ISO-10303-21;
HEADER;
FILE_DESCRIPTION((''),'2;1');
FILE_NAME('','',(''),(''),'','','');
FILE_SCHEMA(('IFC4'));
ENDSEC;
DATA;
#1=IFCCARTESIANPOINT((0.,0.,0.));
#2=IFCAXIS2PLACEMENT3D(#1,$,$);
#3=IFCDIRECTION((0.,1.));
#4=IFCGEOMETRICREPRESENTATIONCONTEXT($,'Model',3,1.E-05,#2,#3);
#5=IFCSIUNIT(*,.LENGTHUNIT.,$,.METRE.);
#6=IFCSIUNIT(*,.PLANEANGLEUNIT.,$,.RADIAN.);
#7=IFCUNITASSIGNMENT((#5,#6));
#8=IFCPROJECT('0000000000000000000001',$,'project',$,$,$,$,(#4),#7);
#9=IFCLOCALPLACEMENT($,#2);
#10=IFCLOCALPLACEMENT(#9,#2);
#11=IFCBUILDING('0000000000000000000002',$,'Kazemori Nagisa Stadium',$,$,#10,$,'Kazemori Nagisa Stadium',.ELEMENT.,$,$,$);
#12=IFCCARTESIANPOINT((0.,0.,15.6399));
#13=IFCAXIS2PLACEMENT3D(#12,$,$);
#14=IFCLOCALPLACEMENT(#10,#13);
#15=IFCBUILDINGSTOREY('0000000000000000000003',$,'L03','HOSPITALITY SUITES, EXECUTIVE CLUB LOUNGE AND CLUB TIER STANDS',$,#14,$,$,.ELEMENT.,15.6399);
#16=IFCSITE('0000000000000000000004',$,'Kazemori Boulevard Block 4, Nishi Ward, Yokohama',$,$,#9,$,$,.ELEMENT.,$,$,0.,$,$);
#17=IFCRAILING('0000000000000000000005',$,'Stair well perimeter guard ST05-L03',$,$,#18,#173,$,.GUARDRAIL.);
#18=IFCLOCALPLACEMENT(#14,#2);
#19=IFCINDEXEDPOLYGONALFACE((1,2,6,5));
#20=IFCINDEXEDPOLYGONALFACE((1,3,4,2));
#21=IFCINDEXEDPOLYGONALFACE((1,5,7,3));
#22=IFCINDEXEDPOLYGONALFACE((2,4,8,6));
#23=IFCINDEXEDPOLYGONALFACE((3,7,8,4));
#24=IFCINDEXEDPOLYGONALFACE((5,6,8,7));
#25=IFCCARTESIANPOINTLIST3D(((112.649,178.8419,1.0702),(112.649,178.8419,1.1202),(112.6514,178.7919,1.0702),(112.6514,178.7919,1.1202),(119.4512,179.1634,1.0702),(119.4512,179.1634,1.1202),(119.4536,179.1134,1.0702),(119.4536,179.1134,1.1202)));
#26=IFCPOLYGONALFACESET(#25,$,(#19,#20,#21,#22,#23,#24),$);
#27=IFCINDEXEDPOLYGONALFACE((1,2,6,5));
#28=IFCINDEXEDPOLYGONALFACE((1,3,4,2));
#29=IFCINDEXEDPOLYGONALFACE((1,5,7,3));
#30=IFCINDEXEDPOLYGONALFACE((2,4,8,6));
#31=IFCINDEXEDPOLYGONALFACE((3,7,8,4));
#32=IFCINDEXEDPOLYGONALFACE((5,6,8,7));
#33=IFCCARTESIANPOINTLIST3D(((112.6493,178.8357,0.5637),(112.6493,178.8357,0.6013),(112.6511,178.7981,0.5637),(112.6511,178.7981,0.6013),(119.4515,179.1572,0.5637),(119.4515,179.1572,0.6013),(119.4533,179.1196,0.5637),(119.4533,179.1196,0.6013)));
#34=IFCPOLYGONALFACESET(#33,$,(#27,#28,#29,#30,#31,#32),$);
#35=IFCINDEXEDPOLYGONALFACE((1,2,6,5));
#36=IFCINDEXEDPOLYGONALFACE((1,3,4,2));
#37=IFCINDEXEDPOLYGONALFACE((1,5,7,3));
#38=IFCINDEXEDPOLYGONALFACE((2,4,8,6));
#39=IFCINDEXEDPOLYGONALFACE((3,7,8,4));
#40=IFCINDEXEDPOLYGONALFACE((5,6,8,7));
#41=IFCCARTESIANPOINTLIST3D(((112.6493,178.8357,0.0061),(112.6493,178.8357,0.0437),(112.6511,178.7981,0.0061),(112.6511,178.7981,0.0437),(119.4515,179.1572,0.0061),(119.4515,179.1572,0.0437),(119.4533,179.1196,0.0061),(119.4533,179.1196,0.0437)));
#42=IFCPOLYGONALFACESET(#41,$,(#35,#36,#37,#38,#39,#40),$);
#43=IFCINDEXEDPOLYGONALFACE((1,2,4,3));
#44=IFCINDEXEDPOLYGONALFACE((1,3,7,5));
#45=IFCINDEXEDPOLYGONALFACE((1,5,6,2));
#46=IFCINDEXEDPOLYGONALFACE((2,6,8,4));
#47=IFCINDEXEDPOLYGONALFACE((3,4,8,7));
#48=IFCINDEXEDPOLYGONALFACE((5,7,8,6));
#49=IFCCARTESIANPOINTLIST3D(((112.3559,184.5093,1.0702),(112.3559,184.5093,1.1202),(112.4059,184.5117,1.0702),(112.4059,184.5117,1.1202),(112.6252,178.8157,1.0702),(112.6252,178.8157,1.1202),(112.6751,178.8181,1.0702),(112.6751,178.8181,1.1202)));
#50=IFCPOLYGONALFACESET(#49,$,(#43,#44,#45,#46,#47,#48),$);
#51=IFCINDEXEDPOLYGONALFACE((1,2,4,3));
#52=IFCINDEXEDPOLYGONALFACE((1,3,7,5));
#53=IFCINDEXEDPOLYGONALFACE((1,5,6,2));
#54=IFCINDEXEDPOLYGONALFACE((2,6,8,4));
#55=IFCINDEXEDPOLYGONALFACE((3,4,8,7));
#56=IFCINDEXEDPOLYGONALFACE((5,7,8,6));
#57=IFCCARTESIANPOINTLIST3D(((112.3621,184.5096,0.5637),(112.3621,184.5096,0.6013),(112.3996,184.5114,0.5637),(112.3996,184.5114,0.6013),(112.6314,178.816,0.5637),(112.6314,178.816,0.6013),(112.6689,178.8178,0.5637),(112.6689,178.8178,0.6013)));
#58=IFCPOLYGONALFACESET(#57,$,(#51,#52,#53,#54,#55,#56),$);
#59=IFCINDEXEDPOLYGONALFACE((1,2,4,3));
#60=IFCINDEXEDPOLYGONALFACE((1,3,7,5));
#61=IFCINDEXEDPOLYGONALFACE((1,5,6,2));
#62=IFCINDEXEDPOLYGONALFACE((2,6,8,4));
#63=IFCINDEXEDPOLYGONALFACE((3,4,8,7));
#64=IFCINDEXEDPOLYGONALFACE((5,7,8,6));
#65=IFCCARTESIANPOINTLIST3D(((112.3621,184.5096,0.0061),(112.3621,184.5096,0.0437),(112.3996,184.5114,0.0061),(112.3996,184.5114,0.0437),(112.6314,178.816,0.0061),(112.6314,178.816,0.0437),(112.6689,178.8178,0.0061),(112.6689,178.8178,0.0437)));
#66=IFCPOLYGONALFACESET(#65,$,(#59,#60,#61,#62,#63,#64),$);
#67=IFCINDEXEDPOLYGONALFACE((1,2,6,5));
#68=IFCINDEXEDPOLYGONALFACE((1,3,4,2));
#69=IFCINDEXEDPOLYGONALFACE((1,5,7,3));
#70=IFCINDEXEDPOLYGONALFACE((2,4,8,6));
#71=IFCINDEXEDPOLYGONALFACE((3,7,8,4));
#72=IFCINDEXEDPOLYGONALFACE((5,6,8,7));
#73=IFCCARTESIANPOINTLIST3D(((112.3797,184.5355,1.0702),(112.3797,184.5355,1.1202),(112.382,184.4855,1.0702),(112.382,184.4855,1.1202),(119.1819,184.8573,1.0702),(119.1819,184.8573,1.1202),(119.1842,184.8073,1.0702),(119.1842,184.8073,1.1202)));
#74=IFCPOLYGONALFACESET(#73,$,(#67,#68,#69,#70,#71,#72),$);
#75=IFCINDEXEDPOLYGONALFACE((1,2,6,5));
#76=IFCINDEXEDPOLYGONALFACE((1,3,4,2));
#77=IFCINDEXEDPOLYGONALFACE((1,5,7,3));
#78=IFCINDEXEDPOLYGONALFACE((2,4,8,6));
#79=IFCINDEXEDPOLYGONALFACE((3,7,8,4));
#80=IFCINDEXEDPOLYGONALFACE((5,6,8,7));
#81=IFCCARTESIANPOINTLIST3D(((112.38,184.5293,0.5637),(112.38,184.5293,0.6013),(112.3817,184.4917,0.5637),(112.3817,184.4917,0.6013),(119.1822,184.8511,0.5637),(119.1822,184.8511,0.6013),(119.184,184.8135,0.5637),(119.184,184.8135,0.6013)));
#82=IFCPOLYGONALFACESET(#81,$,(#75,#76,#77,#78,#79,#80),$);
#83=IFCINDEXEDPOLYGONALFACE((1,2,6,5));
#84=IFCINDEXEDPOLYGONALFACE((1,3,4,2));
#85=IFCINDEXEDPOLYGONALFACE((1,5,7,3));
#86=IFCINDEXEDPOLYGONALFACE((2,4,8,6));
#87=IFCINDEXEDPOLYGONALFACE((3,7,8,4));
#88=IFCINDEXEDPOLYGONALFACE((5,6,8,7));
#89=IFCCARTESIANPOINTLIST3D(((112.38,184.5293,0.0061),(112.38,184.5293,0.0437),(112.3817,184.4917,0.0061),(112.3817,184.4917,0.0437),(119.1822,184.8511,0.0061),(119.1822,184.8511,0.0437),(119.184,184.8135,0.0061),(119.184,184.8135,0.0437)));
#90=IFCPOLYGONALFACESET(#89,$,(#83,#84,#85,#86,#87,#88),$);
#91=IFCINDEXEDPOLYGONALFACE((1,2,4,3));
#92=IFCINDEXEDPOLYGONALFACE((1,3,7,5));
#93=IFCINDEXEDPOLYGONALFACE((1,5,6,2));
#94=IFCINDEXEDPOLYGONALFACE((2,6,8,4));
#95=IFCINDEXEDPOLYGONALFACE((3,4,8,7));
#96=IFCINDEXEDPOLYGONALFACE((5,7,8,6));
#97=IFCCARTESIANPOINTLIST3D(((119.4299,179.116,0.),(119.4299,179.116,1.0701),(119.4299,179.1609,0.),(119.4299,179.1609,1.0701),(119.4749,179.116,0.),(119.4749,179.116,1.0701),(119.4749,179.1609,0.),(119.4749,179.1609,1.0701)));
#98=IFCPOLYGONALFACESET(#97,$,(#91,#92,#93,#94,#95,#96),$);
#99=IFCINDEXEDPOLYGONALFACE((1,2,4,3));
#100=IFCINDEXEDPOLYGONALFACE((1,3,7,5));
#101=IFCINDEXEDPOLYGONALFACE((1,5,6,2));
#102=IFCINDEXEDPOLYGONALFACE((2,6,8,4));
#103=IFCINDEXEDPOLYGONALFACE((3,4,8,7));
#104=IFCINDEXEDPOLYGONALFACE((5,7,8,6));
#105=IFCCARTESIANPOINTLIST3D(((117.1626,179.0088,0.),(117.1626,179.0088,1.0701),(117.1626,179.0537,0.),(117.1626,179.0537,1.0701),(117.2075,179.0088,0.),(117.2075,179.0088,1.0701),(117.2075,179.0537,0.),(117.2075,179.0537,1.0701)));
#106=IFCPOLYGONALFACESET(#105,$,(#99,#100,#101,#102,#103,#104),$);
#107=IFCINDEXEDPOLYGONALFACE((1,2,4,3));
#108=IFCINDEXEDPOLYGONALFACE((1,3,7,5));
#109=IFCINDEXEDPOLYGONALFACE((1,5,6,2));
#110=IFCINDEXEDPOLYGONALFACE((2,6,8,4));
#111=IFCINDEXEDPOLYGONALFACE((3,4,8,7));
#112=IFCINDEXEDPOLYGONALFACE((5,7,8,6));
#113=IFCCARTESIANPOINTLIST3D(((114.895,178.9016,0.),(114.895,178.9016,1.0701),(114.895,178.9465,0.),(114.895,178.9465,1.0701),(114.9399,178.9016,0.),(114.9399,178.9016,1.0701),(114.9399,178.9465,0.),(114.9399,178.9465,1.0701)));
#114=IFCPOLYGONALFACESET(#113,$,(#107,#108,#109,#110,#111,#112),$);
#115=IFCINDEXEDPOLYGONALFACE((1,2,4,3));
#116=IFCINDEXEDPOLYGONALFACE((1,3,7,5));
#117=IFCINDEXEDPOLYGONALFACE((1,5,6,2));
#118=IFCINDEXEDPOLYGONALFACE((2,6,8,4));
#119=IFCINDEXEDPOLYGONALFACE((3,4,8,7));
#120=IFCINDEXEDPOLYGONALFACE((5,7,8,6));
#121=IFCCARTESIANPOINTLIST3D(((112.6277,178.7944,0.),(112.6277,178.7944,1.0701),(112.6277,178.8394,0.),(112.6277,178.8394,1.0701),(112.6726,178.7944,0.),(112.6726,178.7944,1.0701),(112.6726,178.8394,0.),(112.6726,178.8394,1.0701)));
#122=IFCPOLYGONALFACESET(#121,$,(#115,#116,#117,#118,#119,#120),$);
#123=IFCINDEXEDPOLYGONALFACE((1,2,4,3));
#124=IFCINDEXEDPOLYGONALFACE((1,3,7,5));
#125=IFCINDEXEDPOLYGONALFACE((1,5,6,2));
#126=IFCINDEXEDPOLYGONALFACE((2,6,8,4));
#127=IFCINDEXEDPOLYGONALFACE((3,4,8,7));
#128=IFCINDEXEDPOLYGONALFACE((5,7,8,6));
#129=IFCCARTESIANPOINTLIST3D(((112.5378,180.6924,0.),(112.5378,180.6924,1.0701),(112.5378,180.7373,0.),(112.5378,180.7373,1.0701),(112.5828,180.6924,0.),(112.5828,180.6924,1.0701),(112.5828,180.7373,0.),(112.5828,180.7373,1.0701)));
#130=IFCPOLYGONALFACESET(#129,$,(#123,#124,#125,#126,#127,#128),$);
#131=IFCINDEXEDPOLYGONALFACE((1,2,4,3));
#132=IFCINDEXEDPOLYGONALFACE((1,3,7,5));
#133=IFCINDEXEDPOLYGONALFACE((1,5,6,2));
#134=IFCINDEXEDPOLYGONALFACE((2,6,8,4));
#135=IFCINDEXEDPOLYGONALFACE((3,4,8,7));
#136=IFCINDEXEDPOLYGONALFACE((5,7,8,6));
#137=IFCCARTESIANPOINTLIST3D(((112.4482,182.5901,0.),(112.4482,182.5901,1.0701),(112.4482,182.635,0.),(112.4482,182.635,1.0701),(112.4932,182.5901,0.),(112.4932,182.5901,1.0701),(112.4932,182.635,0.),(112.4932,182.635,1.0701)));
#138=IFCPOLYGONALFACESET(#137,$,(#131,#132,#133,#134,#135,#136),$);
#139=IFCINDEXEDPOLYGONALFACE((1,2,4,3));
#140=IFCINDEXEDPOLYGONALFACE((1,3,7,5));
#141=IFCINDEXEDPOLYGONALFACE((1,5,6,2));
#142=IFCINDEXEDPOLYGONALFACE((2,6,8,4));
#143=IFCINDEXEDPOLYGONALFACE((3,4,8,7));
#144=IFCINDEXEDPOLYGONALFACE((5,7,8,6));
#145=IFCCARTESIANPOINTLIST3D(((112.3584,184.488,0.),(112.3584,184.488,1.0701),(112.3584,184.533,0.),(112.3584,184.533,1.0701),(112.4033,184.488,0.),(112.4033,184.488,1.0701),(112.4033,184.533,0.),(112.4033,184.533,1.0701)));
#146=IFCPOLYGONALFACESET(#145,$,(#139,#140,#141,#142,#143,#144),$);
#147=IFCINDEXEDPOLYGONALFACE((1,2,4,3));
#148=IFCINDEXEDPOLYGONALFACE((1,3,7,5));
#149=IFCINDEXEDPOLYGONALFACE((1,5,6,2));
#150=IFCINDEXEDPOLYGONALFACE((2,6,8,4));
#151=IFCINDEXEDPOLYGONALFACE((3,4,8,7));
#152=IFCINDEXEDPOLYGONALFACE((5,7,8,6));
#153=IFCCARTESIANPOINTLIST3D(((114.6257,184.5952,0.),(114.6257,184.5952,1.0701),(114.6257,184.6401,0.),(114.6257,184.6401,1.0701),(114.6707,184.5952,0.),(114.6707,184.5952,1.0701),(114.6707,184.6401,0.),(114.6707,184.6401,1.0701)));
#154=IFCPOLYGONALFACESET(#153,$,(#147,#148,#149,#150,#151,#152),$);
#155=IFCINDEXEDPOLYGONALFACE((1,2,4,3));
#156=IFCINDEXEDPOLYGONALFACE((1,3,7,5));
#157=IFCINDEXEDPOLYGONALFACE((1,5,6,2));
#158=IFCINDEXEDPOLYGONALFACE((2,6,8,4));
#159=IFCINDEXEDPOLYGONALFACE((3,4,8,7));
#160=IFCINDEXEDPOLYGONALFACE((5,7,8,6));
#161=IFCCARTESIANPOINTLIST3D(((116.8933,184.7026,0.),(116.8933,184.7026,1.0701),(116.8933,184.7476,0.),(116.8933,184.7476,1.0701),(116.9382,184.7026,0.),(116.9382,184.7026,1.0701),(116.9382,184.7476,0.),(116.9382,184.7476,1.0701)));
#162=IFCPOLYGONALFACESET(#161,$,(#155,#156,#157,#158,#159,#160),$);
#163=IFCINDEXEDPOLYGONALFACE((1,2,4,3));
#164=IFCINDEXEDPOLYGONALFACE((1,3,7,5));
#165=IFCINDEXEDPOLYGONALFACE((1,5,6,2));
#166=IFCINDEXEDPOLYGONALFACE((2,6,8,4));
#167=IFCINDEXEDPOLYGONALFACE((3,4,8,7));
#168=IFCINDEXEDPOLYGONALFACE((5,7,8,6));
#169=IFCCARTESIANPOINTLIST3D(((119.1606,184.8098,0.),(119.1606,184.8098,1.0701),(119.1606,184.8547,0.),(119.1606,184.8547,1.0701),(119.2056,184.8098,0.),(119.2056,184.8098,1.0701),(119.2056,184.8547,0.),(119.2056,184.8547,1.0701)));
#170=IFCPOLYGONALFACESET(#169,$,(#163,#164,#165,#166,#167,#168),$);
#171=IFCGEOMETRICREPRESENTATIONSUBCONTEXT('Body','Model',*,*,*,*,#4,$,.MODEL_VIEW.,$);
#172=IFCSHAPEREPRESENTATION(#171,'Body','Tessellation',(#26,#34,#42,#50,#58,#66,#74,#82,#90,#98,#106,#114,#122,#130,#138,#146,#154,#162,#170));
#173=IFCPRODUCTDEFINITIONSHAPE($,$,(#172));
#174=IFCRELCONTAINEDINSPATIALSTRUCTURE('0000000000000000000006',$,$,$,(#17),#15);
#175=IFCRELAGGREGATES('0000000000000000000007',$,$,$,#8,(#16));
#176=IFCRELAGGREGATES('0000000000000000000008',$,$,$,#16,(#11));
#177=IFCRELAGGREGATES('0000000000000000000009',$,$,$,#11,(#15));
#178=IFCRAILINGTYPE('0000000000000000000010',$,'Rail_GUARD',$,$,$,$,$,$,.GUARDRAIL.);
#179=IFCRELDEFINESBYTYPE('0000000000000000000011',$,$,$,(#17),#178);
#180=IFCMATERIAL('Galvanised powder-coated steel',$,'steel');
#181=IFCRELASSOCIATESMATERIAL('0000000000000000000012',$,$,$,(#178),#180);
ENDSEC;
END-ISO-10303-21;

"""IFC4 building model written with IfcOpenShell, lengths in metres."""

from ifc_helpers import new_model, si_unit, direction, frame, origin, origin_2d, place, context, subcontext, project, spatial, rectangle, extrude, material, type_object, element, save


model = new_model("IFC4")

# Units and contexts
model_context = context("Model", 3, precision=1e-05, world=origin(), true_north=direction((0.0, 1.0)))
body_context = subcontext(model_context, "Body", "Model", "MODEL_VIEW")
ifc_project = project(units=[si_unit("LENGTHUNIT", "METRE"), si_unit("PLANEANGLEUNIT", "RADIAN")], contexts=[model_context])

# Site, building, storey
site_placement = place(None, origin())
site = spatial("IfcSite", under=ifc_project, at=site_placement, Name="Kazemori Boulevard Block 4, Nishi Ward, Yokohama", CompositionType="ELEMENT", RefElevation=0.0)
building_placement = place(site_placement, origin())
building = spatial("IfcBuilding", under=site, at=building_placement, Name="Kazemori Nagisa Stadium", LongName="Kazemori Nagisa Stadium", CompositionType="ELEMENT")
storey_placement = place(building_placement, frame((0.0, 0.0, 15.6399)))
storey = spatial("IfcBuildingStorey", under=building, at=storey_placement, Name="L03", Description="HOSPITALITY SUITES, EXECUTIVE CLUB LOUNGE AND CLUB TIER STANDS", CompositionType="ELEMENT", Elevation=15.6399)

# Railing
ifc_material_1 = material(Name="Galvanised powder-coated steel", Category="steel")
railing_type_1 = type_object("IfcRailingType", Name="Rail_GUARD", PredefinedType="GUARDRAIL", material=ifc_material_1)
railing_1_placement = place(storey_placement, frame((119.4524, 179.1384, 0.0)))
element("IfcRailing", 1, at=railing_1_placement, inside=storey, type_object=railing_type_1, Name="Stair well perimeter guard ST05-L03", PredefinedType="GUARDRAIL", context=body_context, shape_type="SweptSolid", body=[
    extrude(rectangle(XDim=0.05, YDim=0.05, at=origin_2d()), frame((0.0, 0.0, 1.0952), z_axis=(-0.998885, -0.047216, 0.0), x_axis=(0.047216, -0.998885, 0.0)), (0.0, 0.0, 1.0), 6.8098),
    extrude(rectangle(XDim=0.0376, YDim=0.0376, at=origin_2d()), frame((0.0, 0.0, 0.5825), z_axis=(-0.998885, -0.047216, 0.0), x_axis=(0.047216, -0.998885, 0.0)), (0.0, 0.0, 1.0), 6.8098),
    extrude(rectangle(XDim=0.0376, YDim=0.0376, at=origin_2d()), frame((0.0, 0.0, 0.0249), z_axis=(-0.998885, -0.047216, 0.0), x_axis=(0.047216, -0.998885, 0.0)), (0.0, 0.0, 1.0), 6.8098),
    extrude(rectangle(XDim=0.05, YDim=0.05, at=origin_2d()), frame((-6.8022, -0.3215, 1.0952), z_axis=(-0.047244, 0.998883, 0.0), x_axis=(-0.998883, -0.047244, 0.0)), (0.0, 0.0, 1.0), 5.7),
    extrude(rectangle(XDim=0.0376, YDim=0.0376, at=origin_2d()), frame((-6.8022, -0.3215, 0.5825), z_axis=(-0.047244, 0.998883, 0.0), x_axis=(-0.998883, -0.047244, 0.0)), (0.0, 0.0, 1.0), 5.7),
    extrude(rectangle(XDim=0.0376, YDim=0.0376, at=origin_2d()), frame((-6.8022, -0.3215, 0.0249), z_axis=(-0.047244, 0.998883, 0.0), x_axis=(-0.998883, -0.047244, 0.0)), (0.0, 0.0, 1.0), 5.7),
    extrude(rectangle(XDim=0.05, YDim=0.05, at=origin_2d()), frame((-7.0715, 5.3721, 1.0952), z_axis=(0.998883, 0.047252, 0.0), x_axis=(-0.047252, 0.998883, 0.0)), (0.0, 0.0, 1.0), 6.8098),
    extrude(rectangle(XDim=0.0376, YDim=0.0376, at=origin_2d()), frame((-7.0715, 5.3721, 0.5825), z_axis=(0.998883, 0.047252, 0.0), x_axis=(-0.047252, 0.998883, 0.0)), (0.0, 0.0, 1.0), 6.8098),
    extrude(rectangle(XDim=0.0376, YDim=0.0376, at=origin_2d()), frame((-7.0715, 5.3721, 0.0249), z_axis=(0.998883, 0.047252, 0.0), x_axis=(-0.047252, 0.998883, 0.0)), (0.0, 0.0, 1.0), 6.8098),
    extrude(rectangle(XDim=0.0449, YDim=0.0449, at=origin_2d()), origin(), (0.0, 0.0, 1.0), 1.0701),
    extrude(rectangle(XDim=0.0449, YDim=0.0449, at=origin_2d()), frame((-2.2673, -0.1072, 0.0)), (0.0, 0.0, 1.0), 1.0701),
    extrude(rectangle(XDim=0.0449, YDim=0.0449, at=origin_2d()), frame((-4.5349, -0.2144, 0.0)), (0.0, 0.0, 1.0), 1.0701),
    extrude(rectangle(XDim=0.0449, YDim=0.0449, at=origin_2d()), frame((-6.8022, -0.3215, 0.0)), (0.0, 0.0, 1.0), 1.0701),
    extrude(rectangle(XDim=0.0449, YDim=0.0449, at=origin_2d()), frame((-6.8921, 1.5764, 0.0)), (0.0, 0.0, 1.0), 1.0701),
    extrude(rectangle(XDim=0.0449, YDim=0.0449, at=origin_2d()), frame((-6.9817, 3.4741, 0.0)), (0.0, 0.0, 1.0), 1.0701),
    extrude(rectangle(XDim=0.0449, YDim=0.0449, at=origin_2d()), frame((-7.0715, 5.3721, 0.0)), (0.0, 0.0, 1.0), 1.0701),
    extrude(rectangle(XDim=0.0449, YDim=0.0449, at=origin_2d()), frame((-4.8042, 5.4792, 0.0)), (0.0, 0.0, 1.0), 1.0701),
    extrude(rectangle(XDim=0.0449, YDim=0.0449, at=origin_2d()), frame((-2.5366, 5.5867, 0.0)), (0.0, 0.0, 1.0), 1.0701),
    extrude(rectangle(XDim=0.0449, YDim=0.0449, at=origin_2d()), frame((-0.2693, 5.6938, 0.0)), (0.0, 0.0, 1.0), 1.0701),
])

save(model, "model.ifc")
